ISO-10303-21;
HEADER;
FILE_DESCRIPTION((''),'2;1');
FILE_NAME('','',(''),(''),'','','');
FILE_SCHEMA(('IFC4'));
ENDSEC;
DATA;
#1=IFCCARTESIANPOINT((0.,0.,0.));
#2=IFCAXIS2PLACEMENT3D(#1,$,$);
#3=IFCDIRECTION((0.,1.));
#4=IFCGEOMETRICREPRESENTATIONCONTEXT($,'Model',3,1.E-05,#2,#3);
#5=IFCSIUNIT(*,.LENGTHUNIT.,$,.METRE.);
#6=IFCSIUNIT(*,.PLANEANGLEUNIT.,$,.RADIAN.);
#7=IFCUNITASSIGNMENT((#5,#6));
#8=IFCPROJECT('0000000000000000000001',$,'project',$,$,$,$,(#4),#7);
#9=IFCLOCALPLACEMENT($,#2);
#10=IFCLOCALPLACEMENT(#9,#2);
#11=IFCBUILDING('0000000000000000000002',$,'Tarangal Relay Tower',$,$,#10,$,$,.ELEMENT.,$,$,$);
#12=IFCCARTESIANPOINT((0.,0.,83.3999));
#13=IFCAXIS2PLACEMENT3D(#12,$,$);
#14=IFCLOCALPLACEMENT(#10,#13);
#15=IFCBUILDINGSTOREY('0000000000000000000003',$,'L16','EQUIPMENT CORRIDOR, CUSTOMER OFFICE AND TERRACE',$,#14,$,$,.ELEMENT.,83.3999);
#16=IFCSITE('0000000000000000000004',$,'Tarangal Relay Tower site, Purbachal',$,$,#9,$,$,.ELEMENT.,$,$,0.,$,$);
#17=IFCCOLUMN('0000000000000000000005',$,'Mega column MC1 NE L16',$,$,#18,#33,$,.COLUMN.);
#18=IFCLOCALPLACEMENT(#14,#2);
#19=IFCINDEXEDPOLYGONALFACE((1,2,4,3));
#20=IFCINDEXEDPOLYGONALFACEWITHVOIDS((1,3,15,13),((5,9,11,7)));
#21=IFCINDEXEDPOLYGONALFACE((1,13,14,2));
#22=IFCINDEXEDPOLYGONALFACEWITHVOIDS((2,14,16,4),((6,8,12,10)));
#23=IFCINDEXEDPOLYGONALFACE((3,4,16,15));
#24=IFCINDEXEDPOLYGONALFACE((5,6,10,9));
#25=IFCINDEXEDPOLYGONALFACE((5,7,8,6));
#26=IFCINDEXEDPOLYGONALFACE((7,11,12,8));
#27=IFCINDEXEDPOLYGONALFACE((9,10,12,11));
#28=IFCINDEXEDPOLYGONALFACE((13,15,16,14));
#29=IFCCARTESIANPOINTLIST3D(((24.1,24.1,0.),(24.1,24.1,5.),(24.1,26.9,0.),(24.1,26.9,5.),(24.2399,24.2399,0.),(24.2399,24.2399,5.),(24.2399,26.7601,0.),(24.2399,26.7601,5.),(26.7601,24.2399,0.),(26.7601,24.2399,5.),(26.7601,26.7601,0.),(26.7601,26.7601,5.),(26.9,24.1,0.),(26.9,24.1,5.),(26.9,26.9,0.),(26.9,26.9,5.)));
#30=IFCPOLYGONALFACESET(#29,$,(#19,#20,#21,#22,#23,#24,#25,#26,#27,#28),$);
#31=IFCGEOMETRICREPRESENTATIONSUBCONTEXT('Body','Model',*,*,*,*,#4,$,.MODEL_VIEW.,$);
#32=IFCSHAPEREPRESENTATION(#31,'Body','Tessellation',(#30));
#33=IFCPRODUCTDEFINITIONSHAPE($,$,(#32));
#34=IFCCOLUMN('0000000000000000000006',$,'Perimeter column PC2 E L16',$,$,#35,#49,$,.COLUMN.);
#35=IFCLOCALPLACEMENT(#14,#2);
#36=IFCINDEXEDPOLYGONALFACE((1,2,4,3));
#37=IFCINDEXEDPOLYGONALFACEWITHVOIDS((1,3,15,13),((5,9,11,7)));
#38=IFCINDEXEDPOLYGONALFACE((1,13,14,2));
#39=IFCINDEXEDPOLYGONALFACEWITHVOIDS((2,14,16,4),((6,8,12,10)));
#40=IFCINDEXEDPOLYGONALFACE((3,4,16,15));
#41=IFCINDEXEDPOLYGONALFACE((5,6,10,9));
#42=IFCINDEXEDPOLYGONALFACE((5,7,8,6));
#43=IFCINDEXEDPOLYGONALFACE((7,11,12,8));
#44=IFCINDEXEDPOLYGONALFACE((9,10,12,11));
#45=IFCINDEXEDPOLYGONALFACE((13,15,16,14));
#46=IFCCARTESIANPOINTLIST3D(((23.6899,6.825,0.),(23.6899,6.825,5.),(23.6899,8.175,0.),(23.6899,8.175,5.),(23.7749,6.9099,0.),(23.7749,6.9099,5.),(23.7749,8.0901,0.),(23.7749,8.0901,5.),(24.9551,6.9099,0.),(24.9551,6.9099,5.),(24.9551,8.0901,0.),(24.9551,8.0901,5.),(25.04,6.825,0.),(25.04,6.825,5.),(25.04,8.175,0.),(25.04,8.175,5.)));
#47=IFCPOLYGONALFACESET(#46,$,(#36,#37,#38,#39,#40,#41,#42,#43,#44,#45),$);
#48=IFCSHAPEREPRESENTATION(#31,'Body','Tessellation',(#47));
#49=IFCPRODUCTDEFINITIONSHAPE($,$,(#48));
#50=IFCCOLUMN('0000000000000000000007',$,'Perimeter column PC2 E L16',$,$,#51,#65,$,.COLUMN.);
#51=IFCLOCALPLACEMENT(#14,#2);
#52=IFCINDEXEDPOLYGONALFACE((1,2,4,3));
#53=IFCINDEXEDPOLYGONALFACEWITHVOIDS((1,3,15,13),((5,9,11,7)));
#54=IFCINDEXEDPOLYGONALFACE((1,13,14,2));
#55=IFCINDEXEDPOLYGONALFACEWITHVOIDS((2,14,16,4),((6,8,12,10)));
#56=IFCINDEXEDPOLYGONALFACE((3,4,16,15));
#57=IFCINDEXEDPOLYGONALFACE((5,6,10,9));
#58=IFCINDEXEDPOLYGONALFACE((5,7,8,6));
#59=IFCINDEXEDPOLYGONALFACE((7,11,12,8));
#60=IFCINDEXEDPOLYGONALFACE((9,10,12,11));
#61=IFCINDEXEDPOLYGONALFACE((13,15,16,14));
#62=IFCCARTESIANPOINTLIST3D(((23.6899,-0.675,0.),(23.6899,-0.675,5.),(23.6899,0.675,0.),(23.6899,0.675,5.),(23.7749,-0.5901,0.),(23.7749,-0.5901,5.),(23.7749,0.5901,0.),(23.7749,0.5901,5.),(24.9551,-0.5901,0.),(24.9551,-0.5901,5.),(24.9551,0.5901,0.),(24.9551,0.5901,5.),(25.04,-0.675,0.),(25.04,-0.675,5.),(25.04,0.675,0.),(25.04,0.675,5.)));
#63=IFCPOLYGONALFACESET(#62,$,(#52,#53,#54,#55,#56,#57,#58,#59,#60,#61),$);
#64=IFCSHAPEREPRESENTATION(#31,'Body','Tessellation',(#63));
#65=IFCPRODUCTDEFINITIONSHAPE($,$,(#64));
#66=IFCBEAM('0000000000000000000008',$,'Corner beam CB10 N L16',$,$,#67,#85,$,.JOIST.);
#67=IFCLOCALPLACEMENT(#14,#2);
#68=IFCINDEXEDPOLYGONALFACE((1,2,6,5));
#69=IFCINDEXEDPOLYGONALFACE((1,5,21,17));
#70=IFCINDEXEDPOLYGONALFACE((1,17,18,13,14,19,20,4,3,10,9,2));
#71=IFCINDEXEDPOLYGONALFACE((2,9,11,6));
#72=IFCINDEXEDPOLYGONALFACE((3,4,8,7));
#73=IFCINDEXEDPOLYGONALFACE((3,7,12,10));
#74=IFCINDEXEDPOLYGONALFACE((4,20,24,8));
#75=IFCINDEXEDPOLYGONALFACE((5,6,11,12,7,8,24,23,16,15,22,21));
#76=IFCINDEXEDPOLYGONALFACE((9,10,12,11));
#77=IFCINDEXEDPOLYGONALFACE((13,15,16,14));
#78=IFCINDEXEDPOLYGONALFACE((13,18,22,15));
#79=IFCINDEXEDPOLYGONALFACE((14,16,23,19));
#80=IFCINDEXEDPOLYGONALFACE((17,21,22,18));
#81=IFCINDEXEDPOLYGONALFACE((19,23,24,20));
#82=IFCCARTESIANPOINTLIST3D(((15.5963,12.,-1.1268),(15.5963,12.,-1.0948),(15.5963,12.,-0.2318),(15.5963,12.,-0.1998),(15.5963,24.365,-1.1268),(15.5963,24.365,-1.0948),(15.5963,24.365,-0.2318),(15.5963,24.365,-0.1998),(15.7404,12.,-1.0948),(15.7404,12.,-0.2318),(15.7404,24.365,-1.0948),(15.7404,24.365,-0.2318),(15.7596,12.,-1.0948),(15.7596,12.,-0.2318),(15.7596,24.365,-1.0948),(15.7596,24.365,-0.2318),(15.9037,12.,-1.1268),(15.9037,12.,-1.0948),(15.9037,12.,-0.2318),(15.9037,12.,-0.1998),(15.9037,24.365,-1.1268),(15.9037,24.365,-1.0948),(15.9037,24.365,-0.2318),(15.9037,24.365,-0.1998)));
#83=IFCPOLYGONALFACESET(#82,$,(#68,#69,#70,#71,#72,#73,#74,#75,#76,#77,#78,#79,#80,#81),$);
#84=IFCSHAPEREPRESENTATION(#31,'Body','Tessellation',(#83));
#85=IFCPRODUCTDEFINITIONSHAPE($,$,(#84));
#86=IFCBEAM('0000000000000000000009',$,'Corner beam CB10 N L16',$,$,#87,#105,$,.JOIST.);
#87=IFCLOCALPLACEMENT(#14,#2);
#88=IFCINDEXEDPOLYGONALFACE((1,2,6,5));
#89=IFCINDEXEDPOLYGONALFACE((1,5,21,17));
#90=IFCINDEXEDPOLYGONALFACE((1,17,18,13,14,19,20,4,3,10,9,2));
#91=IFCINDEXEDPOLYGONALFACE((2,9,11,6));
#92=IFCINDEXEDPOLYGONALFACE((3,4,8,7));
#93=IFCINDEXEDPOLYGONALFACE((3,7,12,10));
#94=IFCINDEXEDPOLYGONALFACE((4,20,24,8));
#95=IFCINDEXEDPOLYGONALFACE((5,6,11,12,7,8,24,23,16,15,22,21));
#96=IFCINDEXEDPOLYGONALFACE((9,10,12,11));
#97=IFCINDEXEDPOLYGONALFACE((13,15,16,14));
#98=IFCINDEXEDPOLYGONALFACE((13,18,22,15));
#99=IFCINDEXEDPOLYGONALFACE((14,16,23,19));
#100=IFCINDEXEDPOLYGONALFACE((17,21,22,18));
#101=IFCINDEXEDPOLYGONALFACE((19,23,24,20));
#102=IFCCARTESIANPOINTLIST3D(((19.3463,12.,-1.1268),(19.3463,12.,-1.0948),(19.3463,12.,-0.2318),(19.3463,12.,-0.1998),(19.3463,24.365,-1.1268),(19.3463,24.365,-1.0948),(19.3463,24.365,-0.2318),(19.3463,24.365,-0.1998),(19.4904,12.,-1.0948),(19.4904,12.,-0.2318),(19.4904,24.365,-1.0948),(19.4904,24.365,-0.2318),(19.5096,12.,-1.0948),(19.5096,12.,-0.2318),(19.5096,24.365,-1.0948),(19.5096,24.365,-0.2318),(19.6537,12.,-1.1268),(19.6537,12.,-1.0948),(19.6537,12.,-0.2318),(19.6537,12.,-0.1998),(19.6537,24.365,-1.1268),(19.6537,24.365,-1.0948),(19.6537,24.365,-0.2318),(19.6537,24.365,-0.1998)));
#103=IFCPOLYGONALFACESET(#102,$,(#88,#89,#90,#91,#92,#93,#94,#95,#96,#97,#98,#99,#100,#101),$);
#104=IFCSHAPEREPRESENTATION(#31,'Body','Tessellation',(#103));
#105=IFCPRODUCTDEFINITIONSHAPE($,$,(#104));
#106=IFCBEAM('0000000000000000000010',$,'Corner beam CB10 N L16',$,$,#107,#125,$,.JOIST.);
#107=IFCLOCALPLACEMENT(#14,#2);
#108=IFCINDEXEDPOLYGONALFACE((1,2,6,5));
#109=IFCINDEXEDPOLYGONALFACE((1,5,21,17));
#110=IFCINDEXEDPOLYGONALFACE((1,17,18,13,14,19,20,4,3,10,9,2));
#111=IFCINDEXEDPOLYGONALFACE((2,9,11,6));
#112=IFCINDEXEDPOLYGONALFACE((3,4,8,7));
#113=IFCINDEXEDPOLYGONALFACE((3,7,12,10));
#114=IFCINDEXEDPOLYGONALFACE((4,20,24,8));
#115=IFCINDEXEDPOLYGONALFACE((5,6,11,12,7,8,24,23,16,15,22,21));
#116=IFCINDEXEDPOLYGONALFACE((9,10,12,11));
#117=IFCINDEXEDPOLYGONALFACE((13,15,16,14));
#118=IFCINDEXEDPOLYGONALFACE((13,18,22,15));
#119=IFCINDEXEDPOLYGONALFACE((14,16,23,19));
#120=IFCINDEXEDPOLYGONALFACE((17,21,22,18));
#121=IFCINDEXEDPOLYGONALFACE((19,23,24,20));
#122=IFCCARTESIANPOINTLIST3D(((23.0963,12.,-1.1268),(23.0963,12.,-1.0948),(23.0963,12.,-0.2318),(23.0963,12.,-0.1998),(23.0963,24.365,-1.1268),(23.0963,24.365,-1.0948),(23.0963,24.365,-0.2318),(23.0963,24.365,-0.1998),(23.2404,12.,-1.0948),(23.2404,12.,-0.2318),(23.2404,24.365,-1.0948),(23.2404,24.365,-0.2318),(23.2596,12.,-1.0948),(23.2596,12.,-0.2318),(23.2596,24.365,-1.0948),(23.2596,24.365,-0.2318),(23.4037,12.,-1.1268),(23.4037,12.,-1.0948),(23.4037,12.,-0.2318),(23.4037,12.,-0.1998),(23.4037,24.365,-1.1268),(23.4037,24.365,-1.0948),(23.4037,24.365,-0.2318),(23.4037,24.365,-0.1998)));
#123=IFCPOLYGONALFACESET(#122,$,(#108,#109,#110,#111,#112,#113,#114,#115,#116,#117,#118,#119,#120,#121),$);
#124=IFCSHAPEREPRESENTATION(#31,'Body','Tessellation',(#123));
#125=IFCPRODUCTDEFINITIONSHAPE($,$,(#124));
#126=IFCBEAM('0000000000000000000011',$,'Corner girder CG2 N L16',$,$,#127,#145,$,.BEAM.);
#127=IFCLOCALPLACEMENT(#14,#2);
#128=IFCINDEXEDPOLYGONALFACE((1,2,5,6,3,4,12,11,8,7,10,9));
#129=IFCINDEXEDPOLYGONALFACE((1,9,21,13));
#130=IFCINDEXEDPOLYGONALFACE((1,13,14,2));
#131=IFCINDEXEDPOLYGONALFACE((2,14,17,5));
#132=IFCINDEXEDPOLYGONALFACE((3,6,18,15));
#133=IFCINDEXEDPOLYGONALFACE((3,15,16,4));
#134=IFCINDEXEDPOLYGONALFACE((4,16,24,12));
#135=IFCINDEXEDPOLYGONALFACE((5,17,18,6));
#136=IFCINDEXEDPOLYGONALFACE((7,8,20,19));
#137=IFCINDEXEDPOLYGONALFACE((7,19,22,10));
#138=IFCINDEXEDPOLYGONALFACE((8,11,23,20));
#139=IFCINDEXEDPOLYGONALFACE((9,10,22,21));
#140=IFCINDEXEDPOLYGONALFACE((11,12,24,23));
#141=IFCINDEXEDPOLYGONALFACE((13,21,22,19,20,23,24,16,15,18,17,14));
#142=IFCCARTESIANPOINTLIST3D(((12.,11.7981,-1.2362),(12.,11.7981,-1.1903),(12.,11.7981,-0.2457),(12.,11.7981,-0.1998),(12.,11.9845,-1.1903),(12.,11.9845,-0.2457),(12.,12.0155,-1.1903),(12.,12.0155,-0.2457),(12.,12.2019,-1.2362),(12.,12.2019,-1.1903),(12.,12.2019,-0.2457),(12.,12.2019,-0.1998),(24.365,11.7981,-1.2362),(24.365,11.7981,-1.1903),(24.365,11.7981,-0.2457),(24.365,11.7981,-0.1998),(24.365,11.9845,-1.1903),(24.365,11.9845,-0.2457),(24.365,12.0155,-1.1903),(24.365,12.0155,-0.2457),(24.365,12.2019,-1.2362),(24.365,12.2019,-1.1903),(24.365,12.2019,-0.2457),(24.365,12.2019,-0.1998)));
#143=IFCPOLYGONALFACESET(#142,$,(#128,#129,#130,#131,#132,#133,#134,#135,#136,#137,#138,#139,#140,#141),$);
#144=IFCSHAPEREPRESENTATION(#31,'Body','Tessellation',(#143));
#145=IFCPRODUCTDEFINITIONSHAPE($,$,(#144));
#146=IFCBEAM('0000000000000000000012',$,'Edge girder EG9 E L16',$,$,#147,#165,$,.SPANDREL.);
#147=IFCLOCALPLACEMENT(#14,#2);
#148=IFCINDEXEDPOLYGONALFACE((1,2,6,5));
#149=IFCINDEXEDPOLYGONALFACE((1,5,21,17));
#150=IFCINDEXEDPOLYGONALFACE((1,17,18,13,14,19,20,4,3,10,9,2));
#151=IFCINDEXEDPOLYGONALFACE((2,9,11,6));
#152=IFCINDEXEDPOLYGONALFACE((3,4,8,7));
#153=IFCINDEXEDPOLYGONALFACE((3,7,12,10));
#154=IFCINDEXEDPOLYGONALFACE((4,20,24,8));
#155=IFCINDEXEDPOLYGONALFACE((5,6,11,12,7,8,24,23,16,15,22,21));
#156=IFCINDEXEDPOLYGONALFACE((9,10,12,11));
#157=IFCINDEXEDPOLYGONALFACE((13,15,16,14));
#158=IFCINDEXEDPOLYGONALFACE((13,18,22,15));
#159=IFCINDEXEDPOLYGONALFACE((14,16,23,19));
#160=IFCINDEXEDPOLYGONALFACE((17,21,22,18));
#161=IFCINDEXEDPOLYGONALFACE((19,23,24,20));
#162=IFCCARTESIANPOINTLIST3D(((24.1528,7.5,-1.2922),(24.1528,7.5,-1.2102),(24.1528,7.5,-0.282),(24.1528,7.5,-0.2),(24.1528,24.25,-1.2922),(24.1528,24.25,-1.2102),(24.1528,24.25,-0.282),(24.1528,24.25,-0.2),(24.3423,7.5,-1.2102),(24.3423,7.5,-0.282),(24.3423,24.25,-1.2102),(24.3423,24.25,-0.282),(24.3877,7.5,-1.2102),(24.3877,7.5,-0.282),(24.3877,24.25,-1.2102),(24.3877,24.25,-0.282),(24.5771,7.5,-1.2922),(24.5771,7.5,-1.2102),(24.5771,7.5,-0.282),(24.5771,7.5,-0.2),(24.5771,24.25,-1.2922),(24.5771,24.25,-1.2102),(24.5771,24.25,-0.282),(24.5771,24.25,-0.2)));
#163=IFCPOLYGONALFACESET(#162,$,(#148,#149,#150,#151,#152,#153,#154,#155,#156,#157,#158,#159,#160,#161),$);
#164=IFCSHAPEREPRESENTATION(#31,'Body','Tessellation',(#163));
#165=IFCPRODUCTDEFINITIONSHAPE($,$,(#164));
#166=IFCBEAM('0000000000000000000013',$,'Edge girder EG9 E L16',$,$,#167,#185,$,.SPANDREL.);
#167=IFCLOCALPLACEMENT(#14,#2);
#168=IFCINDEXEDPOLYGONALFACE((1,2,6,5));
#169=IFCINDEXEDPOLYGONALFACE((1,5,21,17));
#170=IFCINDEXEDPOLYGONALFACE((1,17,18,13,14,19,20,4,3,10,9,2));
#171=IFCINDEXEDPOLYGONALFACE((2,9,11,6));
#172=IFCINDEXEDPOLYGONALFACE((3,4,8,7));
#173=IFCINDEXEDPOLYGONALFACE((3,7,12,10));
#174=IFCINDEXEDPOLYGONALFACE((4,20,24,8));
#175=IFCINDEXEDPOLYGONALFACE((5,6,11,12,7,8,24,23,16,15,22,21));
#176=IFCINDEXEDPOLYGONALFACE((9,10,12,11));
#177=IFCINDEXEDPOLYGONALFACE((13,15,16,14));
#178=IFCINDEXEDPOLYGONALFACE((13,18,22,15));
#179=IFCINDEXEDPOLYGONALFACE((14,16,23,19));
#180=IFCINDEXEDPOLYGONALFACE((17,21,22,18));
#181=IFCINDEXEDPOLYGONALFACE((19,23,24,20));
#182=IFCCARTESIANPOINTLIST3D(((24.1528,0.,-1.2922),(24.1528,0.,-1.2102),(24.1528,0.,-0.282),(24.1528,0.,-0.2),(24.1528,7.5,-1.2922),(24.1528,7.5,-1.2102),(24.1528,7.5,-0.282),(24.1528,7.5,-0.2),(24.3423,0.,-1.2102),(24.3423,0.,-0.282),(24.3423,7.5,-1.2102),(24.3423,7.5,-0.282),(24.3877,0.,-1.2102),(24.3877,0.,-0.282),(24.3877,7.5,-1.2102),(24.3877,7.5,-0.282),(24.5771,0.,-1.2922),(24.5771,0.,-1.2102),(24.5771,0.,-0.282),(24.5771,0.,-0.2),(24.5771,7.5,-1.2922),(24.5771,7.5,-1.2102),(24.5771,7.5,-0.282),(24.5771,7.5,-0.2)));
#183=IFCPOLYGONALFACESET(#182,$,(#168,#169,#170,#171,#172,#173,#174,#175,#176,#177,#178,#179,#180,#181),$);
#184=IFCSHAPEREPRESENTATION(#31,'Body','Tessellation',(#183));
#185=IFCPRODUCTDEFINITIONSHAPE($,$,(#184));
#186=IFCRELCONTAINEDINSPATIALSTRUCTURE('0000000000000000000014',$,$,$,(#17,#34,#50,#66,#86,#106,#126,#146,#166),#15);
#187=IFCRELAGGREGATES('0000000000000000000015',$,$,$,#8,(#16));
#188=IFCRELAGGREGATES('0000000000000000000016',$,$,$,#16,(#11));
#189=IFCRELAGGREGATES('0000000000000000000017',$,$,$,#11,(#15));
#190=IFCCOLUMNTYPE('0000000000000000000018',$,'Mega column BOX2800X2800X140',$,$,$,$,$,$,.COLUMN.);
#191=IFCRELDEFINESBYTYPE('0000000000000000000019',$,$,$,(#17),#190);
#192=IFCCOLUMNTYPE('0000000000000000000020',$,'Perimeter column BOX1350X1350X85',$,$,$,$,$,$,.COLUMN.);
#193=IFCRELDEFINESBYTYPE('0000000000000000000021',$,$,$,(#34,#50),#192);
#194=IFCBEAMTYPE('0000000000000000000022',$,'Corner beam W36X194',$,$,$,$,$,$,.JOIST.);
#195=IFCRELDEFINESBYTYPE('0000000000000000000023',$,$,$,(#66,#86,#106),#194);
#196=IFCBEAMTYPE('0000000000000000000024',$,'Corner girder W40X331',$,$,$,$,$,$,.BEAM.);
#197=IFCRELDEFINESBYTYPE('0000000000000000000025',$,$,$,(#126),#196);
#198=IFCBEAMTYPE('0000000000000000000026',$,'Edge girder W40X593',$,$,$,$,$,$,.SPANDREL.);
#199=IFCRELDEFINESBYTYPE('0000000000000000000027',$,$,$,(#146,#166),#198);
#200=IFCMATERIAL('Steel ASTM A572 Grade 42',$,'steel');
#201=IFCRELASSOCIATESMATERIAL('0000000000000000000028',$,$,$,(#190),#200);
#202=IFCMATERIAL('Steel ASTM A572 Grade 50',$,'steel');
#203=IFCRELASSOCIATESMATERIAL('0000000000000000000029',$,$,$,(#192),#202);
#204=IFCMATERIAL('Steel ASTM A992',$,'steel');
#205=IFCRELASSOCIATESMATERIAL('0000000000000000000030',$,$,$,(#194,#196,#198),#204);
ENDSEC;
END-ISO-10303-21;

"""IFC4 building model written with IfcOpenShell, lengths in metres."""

from ifc_helpers import new_model, si_unit, direction, frame, origin, origin_2d, place, context, subcontext, project, spatial, hollow_rectangle, i_section, extrude, material, material_profile, profile_set, type_object, element, save


model = new_model("IFC4")

# Units and contexts
model_context = context("Model", 3, precision=1e-05, world=origin(), true_north=direction((0.0, 1.0)))
body_context = subcontext(model_context, "Body", "Model", "MODEL_VIEW")
ifc_project = project(units=[si_unit("LENGTHUNIT", "METRE"), si_unit("PLANEANGLEUNIT", "RADIAN")], contexts=[model_context])

# Site, building, storey
site_placement = place(None, origin())
site = spatial("IfcSite", under=ifc_project, at=site_placement, Name="Tarangal Relay Tower site, Purbachal", CompositionType="ELEMENT", RefElevation=0.0)
building_placement = place(site_placement, origin())
building = spatial("IfcBuilding", under=site, at=building_placement, Name="Tarangal Relay Tower", CompositionType="ELEMENT")
storey_placement = place(building_placement, frame((0.0, 0.0, 83.3999)))
storey = spatial("IfcBuildingStorey", under=building, at=storey_placement, Name="L16", Description="EQUIPMENT CORRIDOR, CUSTOMER OFFICE AND TERRACE", CompositionType="ELEMENT", Elevation=83.3999)

# Columns
ifc_material_1 = material(Name="Steel ASTM A572 Grade 42", Category="steel")
ifc_material_profile_1 = material_profile(ifc_material_1, hollow_rectangle(XDim=2.8, YDim=2.8, WallThickness=0.1399, at=origin_2d()), Name="BOX2800X2800X140")
ifc_profile_set_1 = profile_set([ifc_material_profile_1], Name="Steel ASTM A572 Grade 42")
column_type_1 = type_object("IfcColumnType", Name="Mega column BOX2800X2800X140", PredefinedType="COLUMN", material=ifc_profile_set_1)
column_placement = place(storey_placement, frame((25.5, 25.5, 0.0), z_axis=(0.0, 0.0, 1.0), x_axis=(1.0, 0.0, 0.0)))
element("IfcColumn", 1, at=column_placement, inside=storey, type_object=column_type_1, Name="Mega column MC1 NE L16", PredefinedType="COLUMN", context=body_context, shape_type="SweptSolid", body=[
    extrude(hollow_rectangle(XDim=2.8, YDim=2.8, WallThickness=0.1399, at=origin_2d()), origin(), (0.0, 0.0, 1.0), 5.0),
])
ifc_material_2 = material(Name="Steel ASTM A572 Grade 50", Category="steel")
ifc_material_profile_2 = material_profile(ifc_material_2, hollow_rectangle(XDim=1.3501, YDim=1.3501, WallThickness=0.085, at=origin_2d()), Name="BOX1350X1350X85")
ifc_profile_set_2 = profile_set([ifc_material_profile_2], Name="Steel ASTM A572 Grade 50")
column_type_2 = type_object("IfcColumnType", Name="Perimeter column BOX1350X1350X85", PredefinedType="COLUMN", material=ifc_profile_set_2)
for number, where, z_axis, x_axis, name in (
    (2, (24.365, 7.5, 0.0), (0.0, 0.0, 1.0), (1.0, 0.0, 0.0), "Perimeter column PC2 E L16"),
    (3, (24.365, 0.0, 0.0), (0.0, 0.0, 1.0), (1.0, 0.0, 0.0), "Perimeter column PC2 E L16"),
):
    element("IfcColumn", number, at=place(storey_placement, frame(where, z_axis=z_axis, x_axis=x_axis)), inside=storey, type_object=column_type_2, Name=name, PredefinedType="COLUMN", context=body_context, shape_type="SweptSolid", body=[
        extrude(hollow_rectangle(XDim=1.3501, YDim=1.3501, WallThickness=0.085, at=origin_2d()), origin(), (0.0, 0.0, 1.0), 5.0),
    ])

# Beams
ifc_material_3 = material(Name="Steel ASTM A992", Category="steel")
ifc_material_profile_3 = material_profile(ifc_material_3, i_section(OverallWidth=0.3074, OverallDepth=0.927, WebThickness=0.0193, FlangeThickness=0.032, at=origin_2d()), Name="W36X194")
ifc_profile_set_3 = profile_set([ifc_material_profile_3], Name="Steel ASTM A992")
beam_type_1 = type_object("IfcBeamType", Name="Corner beam W36X194", PredefinedType="JOIST", material=ifc_profile_set_3)
for number, where, z_axis, x_axis, name in (
    (4, (15.75, 12.0, -0.6633), (0.0, 1.0, 0.0), (-1.0, 0.0, 0.0), "Corner beam CB10 N L16"),
    (5, (19.5, 12.0, -0.6633), (0.0, 1.0, 0.0), (-1.0, 0.0, 0.0), "Corner beam CB10 N L16"),
    (6, (23.25, 12.0, -0.6633), (0.0, 1.0, 0.0), (-1.0, 0.0, 0.0), "Corner beam CB10 N L16"),
):
    element("IfcBeam", number, at=place(storey_placement, frame(where, z_axis=z_axis, x_axis=x_axis)), inside=storey, type_object=beam_type_1, Name=name, PredefinedType="JOIST", context=body_context, shape_type="SweptSolid", body=[
        extrude(i_section(OverallWidth=0.3074, OverallDepth=0.927, WebThickness=0.0193, FlangeThickness=0.032, at=origin_2d()), origin(), (0.0, 0.0, 1.0), 12.365),
    ])
ifc_material_profile_4 = material_profile(ifc_material_3, i_section(OverallWidth=0.4038, OverallDepth=1.0364, WebThickness=0.031, FlangeThickness=0.0459, at=origin_2d()), Name="W40X331")
ifc_profile_set_4 = profile_set([ifc_material_profile_4], Name="Steel ASTM A992")
beam_type_2 = type_object("IfcBeamType", Name="Corner girder W40X331", PredefinedType="BEAM", material=ifc_profile_set_4)
beam_1_placement = place(storey_placement, frame((12.0, 12.0, -0.718), z_axis=(1.0, 0.0, 0.0), x_axis=(0.0, 1.0, 0.0)))
element("IfcBeam", 7, at=beam_1_placement, inside=storey, type_object=beam_type_2, Name="Corner girder CG2 N L16", PredefinedType="BEAM", context=body_context, shape_type="SweptSolid", body=[
    extrude(i_section(OverallWidth=0.4038, OverallDepth=1.0364, WebThickness=0.031, FlangeThickness=0.0459, at=origin_2d()), origin(), (0.0, 0.0, 1.0), 12.365),
])
ifc_material_profile_5 = material_profile(ifc_material_3, i_section(OverallWidth=0.4243, OverallDepth=1.0923, WebThickness=0.0454, FlangeThickness=0.082, at=origin_2d()), Name="W40X593")
ifc_profile_set_5 = profile_set([ifc_material_profile_5], Name="Steel ASTM A992")
beam_type_3 = type_object("IfcBeamType", Name="Edge girder W40X593", PredefinedType="SPANDREL", material=ifc_profile_set_5)
beam_2_placement = place(storey_placement, frame((24.365, 24.25, -0.7461), z_axis=(0.0, -1.0, 0.0), x_axis=(1.0, 0.0, 0.0)))
element("IfcBeam", 8, at=beam_2_placement, inside=storey, type_object=beam_type_3, Name="Edge girder EG9 E L16", PredefinedType="SPANDREL", context=body_context, shape_type="SweptSolid", body=[
    extrude(i_section(OverallWidth=0.4243, OverallDepth=1.0923, WebThickness=0.0454, FlangeThickness=0.082, at=origin_2d()), origin(), (0.0, 0.0, 1.0), 16.75),
])
for number, where, z_axis, x_axis, name in (
    (9, (24.365, 7.5, -0.7461), (0.0, -1.0, 0.0), (1.0, 0.0, 0.0), "Edge girder EG9 E L16"),
):
    element("IfcBeam", number, at=place(storey_placement, frame(where, z_axis=z_axis, x_axis=x_axis)), inside=storey, type_object=beam_type_3, Name=name, PredefinedType="SPANDREL", context=body_context, shape_type="SweptSolid", body=[
        extrude(i_section(OverallWidth=0.4243, OverallDepth=1.0923, WebThickness=0.0454, FlangeThickness=0.082, at=origin_2d()), origin(), (0.0, 0.0, 1.0), 7.5),
    ])

save(model, "model.ifc")
